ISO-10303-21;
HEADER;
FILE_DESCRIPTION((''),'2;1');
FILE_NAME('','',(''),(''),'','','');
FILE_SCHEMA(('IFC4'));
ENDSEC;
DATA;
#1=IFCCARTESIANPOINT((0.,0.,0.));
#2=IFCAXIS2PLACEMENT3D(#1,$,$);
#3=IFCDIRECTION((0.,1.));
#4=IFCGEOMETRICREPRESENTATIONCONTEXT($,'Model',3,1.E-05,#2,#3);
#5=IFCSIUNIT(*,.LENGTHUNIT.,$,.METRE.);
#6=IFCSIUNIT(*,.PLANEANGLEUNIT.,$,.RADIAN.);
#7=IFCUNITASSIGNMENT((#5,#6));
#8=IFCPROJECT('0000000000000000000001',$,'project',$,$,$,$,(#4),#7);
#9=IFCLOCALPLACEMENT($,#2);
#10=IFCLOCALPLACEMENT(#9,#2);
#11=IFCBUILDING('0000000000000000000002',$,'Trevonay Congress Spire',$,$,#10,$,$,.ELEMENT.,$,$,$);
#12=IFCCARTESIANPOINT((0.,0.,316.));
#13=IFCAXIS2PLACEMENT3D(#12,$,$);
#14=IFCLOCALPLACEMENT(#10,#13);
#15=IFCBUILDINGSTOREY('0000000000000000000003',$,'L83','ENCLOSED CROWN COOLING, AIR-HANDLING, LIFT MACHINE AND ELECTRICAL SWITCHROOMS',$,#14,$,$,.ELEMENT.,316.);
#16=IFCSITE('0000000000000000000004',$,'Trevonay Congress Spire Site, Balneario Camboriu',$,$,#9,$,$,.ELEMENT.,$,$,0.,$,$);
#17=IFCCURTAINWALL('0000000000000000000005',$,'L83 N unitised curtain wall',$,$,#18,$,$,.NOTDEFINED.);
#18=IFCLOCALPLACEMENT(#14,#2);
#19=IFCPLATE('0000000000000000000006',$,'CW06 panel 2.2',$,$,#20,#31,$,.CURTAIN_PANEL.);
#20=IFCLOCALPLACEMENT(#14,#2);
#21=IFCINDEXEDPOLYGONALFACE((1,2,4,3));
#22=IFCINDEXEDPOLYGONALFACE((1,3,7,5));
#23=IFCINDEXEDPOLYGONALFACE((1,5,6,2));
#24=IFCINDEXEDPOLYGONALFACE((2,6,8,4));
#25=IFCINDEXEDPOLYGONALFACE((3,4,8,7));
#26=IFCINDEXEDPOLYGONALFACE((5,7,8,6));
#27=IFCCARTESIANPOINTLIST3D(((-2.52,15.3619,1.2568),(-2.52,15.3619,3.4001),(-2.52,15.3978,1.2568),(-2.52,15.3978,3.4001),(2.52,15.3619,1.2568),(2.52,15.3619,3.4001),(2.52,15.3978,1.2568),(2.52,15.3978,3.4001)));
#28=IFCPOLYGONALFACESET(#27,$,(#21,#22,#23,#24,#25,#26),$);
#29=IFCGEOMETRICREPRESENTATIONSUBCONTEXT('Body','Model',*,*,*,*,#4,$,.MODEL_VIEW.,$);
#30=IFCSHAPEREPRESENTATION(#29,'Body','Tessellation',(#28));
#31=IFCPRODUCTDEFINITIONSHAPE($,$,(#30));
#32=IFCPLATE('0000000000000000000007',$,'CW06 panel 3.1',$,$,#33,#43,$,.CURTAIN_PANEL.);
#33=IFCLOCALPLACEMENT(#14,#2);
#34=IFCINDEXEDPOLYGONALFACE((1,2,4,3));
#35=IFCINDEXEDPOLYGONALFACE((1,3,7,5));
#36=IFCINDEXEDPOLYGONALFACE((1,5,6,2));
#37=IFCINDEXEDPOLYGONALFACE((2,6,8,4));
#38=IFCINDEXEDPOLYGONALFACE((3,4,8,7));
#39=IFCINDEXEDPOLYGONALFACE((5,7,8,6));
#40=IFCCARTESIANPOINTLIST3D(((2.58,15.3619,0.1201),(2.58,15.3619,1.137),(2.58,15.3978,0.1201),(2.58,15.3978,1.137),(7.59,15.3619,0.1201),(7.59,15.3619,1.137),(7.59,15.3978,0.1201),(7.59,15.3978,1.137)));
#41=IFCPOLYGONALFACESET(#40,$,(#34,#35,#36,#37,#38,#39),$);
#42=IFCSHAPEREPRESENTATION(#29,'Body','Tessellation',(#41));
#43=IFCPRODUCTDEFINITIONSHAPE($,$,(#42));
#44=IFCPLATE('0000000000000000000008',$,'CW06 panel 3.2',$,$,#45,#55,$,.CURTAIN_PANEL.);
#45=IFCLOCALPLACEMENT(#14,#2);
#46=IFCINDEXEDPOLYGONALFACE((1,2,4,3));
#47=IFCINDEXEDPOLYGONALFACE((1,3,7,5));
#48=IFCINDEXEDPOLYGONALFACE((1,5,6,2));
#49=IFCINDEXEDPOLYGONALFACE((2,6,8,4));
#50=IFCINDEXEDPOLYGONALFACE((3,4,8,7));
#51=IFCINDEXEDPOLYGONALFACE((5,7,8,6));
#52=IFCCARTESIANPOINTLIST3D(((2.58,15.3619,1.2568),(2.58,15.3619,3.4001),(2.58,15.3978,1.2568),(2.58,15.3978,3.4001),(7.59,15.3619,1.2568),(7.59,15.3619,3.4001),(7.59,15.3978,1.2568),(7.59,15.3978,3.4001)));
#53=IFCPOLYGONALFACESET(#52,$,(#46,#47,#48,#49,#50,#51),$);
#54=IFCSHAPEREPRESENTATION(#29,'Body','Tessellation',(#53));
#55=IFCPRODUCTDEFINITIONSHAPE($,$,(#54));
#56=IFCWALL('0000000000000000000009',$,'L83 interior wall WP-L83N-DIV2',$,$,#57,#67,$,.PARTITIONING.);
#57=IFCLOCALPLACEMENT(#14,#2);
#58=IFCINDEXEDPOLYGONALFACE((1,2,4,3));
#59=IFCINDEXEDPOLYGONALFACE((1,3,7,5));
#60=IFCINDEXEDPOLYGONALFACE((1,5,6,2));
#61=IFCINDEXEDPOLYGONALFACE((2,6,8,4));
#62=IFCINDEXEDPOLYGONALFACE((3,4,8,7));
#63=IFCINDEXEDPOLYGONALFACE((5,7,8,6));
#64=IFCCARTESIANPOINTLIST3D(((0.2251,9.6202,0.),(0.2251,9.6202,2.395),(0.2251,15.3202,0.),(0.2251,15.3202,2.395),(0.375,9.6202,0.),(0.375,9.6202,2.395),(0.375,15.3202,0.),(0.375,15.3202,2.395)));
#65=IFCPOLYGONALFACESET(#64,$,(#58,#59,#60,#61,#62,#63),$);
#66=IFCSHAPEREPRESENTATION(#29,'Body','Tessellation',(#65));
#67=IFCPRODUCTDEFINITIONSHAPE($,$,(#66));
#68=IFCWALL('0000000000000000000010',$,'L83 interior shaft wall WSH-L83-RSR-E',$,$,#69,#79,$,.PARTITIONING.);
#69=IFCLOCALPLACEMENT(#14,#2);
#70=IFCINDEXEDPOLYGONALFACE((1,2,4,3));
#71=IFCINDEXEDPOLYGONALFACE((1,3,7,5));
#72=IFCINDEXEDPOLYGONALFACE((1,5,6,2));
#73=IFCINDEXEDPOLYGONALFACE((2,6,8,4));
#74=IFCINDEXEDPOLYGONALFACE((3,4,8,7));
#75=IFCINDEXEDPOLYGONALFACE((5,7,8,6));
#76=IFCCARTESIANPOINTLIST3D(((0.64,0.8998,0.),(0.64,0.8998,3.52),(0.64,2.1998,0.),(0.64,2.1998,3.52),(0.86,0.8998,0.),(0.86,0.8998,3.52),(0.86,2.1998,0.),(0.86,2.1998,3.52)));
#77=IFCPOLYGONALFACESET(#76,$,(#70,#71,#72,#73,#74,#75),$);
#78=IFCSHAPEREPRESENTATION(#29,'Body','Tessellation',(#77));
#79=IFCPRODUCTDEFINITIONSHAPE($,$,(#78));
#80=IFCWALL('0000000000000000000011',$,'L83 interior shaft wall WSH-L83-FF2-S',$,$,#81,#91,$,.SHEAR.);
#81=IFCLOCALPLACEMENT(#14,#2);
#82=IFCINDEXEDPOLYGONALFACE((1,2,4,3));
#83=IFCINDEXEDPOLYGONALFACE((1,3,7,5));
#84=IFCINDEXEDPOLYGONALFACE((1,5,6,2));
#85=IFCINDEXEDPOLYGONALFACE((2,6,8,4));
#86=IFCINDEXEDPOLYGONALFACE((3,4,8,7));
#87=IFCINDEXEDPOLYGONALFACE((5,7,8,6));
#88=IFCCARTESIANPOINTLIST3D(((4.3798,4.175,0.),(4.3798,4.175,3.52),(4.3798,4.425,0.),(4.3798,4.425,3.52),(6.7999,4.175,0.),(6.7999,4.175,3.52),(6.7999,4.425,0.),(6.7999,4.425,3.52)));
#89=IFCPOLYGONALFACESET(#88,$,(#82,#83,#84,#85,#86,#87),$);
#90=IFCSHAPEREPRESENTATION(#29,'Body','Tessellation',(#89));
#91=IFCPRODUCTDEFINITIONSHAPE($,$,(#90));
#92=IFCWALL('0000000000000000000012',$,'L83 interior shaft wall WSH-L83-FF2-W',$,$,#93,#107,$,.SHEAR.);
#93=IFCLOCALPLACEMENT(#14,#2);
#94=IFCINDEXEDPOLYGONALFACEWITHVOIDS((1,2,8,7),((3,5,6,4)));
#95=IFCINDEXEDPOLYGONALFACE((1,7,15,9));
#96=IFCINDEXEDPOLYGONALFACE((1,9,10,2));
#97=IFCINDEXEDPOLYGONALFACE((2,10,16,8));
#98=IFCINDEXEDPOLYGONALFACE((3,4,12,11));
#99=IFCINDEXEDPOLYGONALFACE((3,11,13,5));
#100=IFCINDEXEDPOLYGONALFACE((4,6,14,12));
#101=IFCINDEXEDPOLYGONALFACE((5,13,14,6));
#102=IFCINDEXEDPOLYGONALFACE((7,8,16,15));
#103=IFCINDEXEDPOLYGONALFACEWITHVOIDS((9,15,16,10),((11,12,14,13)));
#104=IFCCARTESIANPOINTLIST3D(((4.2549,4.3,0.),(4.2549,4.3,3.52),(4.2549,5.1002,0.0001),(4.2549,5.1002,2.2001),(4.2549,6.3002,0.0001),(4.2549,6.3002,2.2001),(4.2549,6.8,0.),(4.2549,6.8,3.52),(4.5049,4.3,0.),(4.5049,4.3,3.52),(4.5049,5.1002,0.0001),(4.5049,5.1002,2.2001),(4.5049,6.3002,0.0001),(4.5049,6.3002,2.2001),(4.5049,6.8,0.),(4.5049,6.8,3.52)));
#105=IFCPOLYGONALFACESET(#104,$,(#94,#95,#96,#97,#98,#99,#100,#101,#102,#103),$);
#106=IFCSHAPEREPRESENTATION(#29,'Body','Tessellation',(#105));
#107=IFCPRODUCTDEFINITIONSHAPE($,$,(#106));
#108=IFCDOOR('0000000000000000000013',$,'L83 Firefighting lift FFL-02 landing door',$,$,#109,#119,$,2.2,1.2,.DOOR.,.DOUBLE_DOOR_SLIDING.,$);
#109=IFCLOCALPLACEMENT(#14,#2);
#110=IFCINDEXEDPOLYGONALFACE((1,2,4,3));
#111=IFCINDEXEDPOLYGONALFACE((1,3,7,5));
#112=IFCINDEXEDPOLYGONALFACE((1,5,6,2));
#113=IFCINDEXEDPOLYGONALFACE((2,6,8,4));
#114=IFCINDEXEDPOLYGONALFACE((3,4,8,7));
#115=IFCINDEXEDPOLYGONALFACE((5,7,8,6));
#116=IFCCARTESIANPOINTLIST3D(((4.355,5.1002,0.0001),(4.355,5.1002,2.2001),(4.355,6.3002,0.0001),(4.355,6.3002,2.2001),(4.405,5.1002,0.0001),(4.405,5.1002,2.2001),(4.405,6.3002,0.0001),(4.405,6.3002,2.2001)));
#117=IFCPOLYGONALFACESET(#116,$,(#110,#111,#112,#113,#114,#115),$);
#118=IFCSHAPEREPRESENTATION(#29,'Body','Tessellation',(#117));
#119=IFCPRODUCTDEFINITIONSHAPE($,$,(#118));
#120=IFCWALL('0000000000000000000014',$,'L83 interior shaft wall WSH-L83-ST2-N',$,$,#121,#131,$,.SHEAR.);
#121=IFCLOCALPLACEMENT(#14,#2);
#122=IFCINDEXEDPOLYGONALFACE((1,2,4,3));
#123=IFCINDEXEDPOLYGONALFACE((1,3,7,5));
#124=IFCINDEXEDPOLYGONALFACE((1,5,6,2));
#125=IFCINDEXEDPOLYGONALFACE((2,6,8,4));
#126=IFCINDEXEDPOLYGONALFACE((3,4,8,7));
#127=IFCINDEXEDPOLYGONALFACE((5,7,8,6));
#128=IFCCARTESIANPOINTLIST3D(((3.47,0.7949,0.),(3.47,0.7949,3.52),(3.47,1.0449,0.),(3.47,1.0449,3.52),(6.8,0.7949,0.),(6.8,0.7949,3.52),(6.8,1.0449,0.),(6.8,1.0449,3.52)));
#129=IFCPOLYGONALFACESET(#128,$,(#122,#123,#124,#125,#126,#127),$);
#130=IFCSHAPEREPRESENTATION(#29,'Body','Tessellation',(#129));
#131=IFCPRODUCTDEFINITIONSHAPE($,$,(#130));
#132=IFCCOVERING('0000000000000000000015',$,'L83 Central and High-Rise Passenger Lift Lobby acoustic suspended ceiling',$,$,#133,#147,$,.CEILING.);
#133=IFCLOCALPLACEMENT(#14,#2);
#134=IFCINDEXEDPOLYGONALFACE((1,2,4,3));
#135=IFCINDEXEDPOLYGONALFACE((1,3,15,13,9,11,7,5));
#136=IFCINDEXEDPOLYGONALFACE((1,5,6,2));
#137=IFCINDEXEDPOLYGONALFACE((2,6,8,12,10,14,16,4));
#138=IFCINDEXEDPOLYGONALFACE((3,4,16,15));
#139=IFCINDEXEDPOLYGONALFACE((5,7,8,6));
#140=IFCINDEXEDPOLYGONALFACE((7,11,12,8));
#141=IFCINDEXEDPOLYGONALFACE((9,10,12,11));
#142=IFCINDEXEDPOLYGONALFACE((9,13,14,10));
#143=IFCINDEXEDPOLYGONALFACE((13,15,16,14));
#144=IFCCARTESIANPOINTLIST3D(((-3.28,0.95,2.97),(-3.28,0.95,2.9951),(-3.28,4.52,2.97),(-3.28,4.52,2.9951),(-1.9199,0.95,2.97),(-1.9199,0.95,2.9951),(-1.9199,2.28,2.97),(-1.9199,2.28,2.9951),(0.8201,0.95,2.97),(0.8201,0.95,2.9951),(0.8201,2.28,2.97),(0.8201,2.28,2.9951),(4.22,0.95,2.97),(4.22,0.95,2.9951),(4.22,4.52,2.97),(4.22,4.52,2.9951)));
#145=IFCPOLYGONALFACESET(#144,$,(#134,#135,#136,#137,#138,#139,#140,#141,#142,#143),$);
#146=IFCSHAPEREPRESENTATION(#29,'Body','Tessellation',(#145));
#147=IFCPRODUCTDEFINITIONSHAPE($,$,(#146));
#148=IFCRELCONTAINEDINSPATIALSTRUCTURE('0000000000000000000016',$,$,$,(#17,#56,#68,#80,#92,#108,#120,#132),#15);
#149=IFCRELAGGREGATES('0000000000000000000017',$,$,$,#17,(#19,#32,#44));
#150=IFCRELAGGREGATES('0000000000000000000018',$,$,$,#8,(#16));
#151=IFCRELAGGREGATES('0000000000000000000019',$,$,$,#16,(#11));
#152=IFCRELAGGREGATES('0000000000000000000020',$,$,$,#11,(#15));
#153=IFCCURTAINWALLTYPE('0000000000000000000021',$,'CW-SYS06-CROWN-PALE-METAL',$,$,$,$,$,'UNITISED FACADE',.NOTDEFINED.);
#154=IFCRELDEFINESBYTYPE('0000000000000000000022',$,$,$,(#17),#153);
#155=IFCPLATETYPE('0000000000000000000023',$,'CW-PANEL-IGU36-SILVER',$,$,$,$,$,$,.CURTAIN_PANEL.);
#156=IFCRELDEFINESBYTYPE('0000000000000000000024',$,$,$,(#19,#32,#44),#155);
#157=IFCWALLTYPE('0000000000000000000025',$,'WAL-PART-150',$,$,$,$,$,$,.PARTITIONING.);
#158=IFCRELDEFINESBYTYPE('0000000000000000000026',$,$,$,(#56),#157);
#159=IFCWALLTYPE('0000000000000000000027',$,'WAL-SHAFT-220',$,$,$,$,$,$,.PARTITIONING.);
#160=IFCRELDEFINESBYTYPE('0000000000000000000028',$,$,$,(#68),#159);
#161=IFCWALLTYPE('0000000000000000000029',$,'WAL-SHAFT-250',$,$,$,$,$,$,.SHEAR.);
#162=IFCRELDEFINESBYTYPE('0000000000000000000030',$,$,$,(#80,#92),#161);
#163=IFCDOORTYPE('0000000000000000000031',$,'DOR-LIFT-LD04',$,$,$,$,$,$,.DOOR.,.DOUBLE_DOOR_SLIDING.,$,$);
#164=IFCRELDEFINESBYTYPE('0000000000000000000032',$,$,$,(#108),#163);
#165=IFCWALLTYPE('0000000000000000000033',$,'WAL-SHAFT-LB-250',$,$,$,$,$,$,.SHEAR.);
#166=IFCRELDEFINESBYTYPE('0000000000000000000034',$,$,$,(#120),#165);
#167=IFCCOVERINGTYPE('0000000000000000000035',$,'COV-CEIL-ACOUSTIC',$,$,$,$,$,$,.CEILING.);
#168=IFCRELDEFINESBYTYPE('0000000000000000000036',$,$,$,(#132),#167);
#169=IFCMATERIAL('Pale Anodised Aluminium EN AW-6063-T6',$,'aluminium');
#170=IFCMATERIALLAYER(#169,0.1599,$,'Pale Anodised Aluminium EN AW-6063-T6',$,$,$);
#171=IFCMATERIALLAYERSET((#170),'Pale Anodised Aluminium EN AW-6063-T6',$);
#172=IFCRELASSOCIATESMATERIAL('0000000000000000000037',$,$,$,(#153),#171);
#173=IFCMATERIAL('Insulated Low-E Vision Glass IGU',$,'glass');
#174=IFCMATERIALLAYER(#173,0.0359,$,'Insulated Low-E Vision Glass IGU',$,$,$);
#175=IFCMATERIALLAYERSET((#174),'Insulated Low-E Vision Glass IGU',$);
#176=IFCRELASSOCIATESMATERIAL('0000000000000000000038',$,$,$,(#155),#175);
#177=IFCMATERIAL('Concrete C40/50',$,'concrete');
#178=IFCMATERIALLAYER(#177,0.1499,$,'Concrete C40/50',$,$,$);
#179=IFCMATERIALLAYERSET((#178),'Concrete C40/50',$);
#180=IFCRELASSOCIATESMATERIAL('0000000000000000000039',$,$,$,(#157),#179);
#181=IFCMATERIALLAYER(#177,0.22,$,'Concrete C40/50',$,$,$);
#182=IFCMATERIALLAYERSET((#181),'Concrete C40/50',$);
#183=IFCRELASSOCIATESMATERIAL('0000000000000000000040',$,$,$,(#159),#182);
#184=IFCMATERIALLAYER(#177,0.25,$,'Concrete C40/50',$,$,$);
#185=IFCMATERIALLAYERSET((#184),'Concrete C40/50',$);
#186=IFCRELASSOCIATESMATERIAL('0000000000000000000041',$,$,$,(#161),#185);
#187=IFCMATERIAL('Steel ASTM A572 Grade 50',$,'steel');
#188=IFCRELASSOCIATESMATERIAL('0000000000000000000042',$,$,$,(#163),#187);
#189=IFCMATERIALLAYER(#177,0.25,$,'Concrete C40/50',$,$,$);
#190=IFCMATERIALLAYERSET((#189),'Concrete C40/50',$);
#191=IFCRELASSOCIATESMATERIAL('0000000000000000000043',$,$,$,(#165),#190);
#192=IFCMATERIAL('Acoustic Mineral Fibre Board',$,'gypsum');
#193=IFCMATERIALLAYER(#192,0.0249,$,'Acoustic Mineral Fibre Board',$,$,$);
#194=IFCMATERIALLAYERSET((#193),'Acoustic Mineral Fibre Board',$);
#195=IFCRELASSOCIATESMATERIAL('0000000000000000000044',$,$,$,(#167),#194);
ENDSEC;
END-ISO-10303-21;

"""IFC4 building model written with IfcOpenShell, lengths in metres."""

from ifc_helpers import new_model, si_unit, direction, frame, frame_2d, origin, origin_2d, place, context, subcontext, project, spatial, polyline, rectangle, outline, extrude, material, layer, layer_set, type_object, element, fill, aggregate, save


model = new_model("IFC4")

# Units and contexts
model_context = context("Model", 3, precision=1e-05, world=origin(), true_north=direction((0.0, 1.0)))
body_context = subcontext(model_context, "Body", "Model", "MODEL_VIEW")
ifc_project = project(units=[si_unit("LENGTHUNIT", "METRE"), si_unit("PLANEANGLEUNIT", "RADIAN")], contexts=[model_context])

# Site, building, storey
site_placement = place(None, origin())
site = spatial("IfcSite", under=ifc_project, at=site_placement, Name="Trevonay Congress Spire Site, Balneario Camboriu", CompositionType="ELEMENT", RefElevation=0.0)
building_placement = place(site_placement, origin())
building = spatial("IfcBuilding", under=site, at=building_placement, Name="Trevonay Congress Spire", CompositionType="ELEMENT")
storey_placement = place(building_placement, frame((0.0, 0.0, 316.0)))
storey = spatial("IfcBuildingStorey", under=building, at=storey_placement, Name="L83", Description="ENCLOSED CROWN COOLING, AIR-HANDLING, LIFT MACHINE AND ELECTRICAL SWITCHROOMS", CompositionType="ELEMENT", Elevation=316.0)

# Shared definitions
ifc_material_1 = material(Name="Steel ASTM A572 Grade 50", Category="steel")

# Curtain wall
ifc_material_2 = material(Name="Pale Anodised Aluminium EN AW-6063-T6", Category="aluminium")
ifc_layer_1 = layer(ifc_material_2, 0.1599, Name="Pale Anodised Aluminium EN AW-6063-T6")
ifc_layer_set_1 = layer_set([ifc_layer_1], Name="Pale Anodised Aluminium EN AW-6063-T6")
curtain_wall_type = type_object("IfcCurtainWallType", Name="CW-SYS06-CROWN-PALE-METAL", ElementType="UNITISED FACADE", PredefinedType="NOTDEFINED", material=ifc_layer_set_1)
curtain_wall_placement = place(storey_placement, origin())
curtain_wall = element("IfcCurtainWall", 1, at=curtain_wall_placement, inside=storey, type_object=curtain_wall_type, Name="L83 N unitised curtain wall", PredefinedType="NOTDEFINED")

# Plates
ifc_material_3 = material(Name="Insulated Low-E Vision Glass IGU", Category="glass")
ifc_layer_2 = layer(ifc_material_3, 0.0359, Name="Insulated Low-E Vision Glass IGU")
ifc_layer_set_2 = layer_set([ifc_layer_2], Name="Insulated Low-E Vision Glass IGU")
plate_type = type_object("IfcPlateType", Name="CW-PANEL-IGU36-SILVER", PredefinedType="CURTAIN_PANEL", material=ifc_layer_set_2)
plate_1_placement = place(storey_placement, frame((0.0, 15.3799, 1.2568), z_axis=(0.0, 0.0, 1.0), x_axis=(1.0, 0.0, 0.0)))
plate_1 = element("IfcPlate", 2, at=plate_1_placement, type_object=plate_type, Name="CW06 panel 2.2", PredefinedType="CURTAIN_PANEL", context=body_context, shape_type="SweptSolid", body=[
    extrude(rectangle(XDim=5.04, YDim=0.0359, at=origin_2d()), origin(), (0.0, 0.0, 1.0), 2.1433),
])
plate_2_placement = place(storey_placement, frame((5.085, 15.3799, 0.1201), z_axis=(0.0, 0.0, 1.0), x_axis=(1.0, 0.0, 0.0)))
plate_2 = element("IfcPlate", 3, at=plate_2_placement, type_object=plate_type, Name="CW06 panel 3.1", PredefinedType="CURTAIN_PANEL", context=body_context, shape_type="SweptSolid", body=[
    extrude(rectangle(XDim=5.01, YDim=0.0359, at=origin_2d()), origin(), (0.0, 0.0, 1.0), 1.0168),
])
plate_3_placement = place(storey_placement, frame((5.085, 15.3799, 1.2568), z_axis=(0.0, 0.0, 1.0), x_axis=(1.0, 0.0, 0.0)))
plate_3 = element("IfcPlate", 4, at=plate_3_placement, type_object=plate_type, Name="CW06 panel 3.2", PredefinedType="CURTAIN_PANEL", context=body_context, shape_type="SweptSolid", body=[
    extrude(rectangle(XDim=5.01, YDim=0.0359, at=origin_2d()), origin(), (0.0, 0.0, 1.0), 2.1433),
])
aggregate(curtain_wall, [plate_1, plate_2, plate_3])

# Walls
ifc_material_4 = material(Name="Concrete C40/50", Category="concrete")
ifc_layer_3 = layer(ifc_material_4, 0.1499, Name="Concrete C40/50")
ifc_layer_set_3 = layer_set([ifc_layer_3], Name="Concrete C40/50")
wall_type_1 = type_object("IfcWallType", Name="WAL-PART-150", PredefinedType="PARTITIONING", material=ifc_layer_set_3)
wall_1_placement = place(storey_placement, frame((0.3, 9.6201, 0.0), z_axis=(0.0, 0.0, 1.0), x_axis=(0.0, 1.0, 0.0)))
element("IfcWall", 5, at=wall_1_placement, inside=storey, type_object=wall_type_1, Name="L83 interior wall WP-L83N-DIV2", PredefinedType="PARTITIONING", context=body_context, shape_type="SweptSolid", body=[
    extrude(rectangle(XDim=5.7, YDim=0.1499, at=frame_2d((2.8501, 0.0))), origin(), (0.0, 0.0, 1.0), 2.395),
])
ifc_layer_4 = layer(ifc_material_4, 0.22, Name="Concrete C40/50")
ifc_layer_set_4 = layer_set([ifc_layer_4], Name="Concrete C40/50")
wall_type_2 = type_object("IfcWallType", Name="WAL-SHAFT-220", PredefinedType="PARTITIONING", material=ifc_layer_set_4)
wall_2_placement = place(storey_placement, frame((0.75, 0.8999, 0.0), z_axis=(0.0, 0.0, 1.0), x_axis=(0.0, 1.0, 0.0)))
element("IfcWall", 6, at=wall_2_placement, inside=storey, type_object=wall_type_2, Name="L83 interior shaft wall WSH-L83-RSR-E", PredefinedType="PARTITIONING", context=body_context, shape_type="SweptSolid", body=[
    extrude(rectangle(XDim=1.3, YDim=0.22, at=frame_2d((0.6499, 0.0))), origin(), (0.0, 0.0, 1.0), 3.52),
])
ifc_layer_5 = layer(ifc_material_4, 0.25, Name="Concrete C40/50")
ifc_layer_set_5 = layer_set([ifc_layer_5], Name="Concrete C40/50")
wall_type_3 = type_object("IfcWallType", Name="WAL-SHAFT-250", PredefinedType="SHEAR", material=ifc_layer_set_5)
wall_3_placement = place(storey_placement, frame((4.3799, 4.3, 0.0), z_axis=(0.0, 0.0, 1.0), x_axis=(1.0, 0.0, 0.0)))
element("IfcWall", 7, at=wall_3_placement, inside=storey, type_object=wall_type_3, Name="L83 interior shaft wall WSH-L83-FF2-S", PredefinedType="SHEAR", context=body_context, shape_type="SweptSolid", body=[
    extrude(rectangle(XDim=2.4202, YDim=0.25, at=frame_2d((1.21, 0.0))), origin(), (0.0, 0.0, 1.0), 3.52),
])

# Wall, opening, door
wall_4_placement = place(storey_placement, frame((4.3799, 4.3, 0.0), z_axis=(0.0, 0.0, 1.0), x_axis=(0.0, 1.0, 0.0)))
wall_4 = element("IfcWall", 8, at=wall_4_placement, inside=storey, type_object=wall_type_3, Name="L83 interior shaft wall WSH-L83-FF2-W", PredefinedType="SHEAR", context=body_context, shape_type="SweptSolid", body=[
    extrude(rectangle(XDim=2.5, YDim=0.25, at=frame_2d((1.25, 0.0))), origin(), (0.0, 0.0, 1.0), 3.52),
])
opening_placement = place(wall_4_placement, frame((0.8, 0.0, 0.0)))
opening = element("IfcOpeningElement", 9, at=opening_placement, cuts=wall_4, PredefinedType="OPENING", context=body_context, shape_type="SweptSolid", body=[
    extrude(rectangle(XDim=1.2, YDim=2.2, at=frame_2d((0.6001, 1.1001))), frame((0.0, 0.135, 0.0), z_axis=(0.0, -1.0, 0.0), x_axis=(1.0, 0.0, 0.0)), (0.0, 0.0, 1.0), 0.27),
])
door_type = type_object("IfcDoorType", Name="DOR-LIFT-LD04", OperationType="DOUBLE_DOOR_SLIDING", PredefinedType="DOOR", material=ifc_material_1)
door_placement = place(opening_placement, origin())
door = element("IfcDoor", 10, at=door_placement, inside=storey, type_object=door_type, Name="L83 Firefighting lift FFL-02 landing door", OperationType="DOUBLE_DOOR_SLIDING", OverallHeight=2.2, OverallWidth=1.2, PredefinedType="DOOR", context=body_context, shape_type="SweptSolid", body=[
    extrude(rectangle(XDim=1.2, YDim=2.2, at=frame_2d((0.6001, 1.1001))), frame((0.0, 0.0249, 0.0), z_axis=(0.0, -1.0, 0.0), x_axis=(1.0, 0.0, 0.0)), (0.0, 0.0, 1.0), 0.05),
])
fill(opening, door)

# Wall
ifc_layer_6 = layer(ifc_material_4, 0.25, Name="Concrete C40/50")
ifc_layer_set_6 = layer_set([ifc_layer_6], Name="Concrete C40/50")
wall_type_4 = type_object("IfcWallType", Name="WAL-SHAFT-LB-250", PredefinedType="SHEAR", material=ifc_layer_set_6)
wall_5_placement = place(storey_placement, frame((3.47, 0.9199, 0.0), z_axis=(0.0, 0.0, 1.0), x_axis=(1.0, 0.0, 0.0)))
element("IfcWall", 11, at=wall_5_placement, inside=storey, type_object=wall_type_4, Name="L83 interior shaft wall WSH-L83-ST2-N", PredefinedType="SHEAR", context=body_context, shape_type="SweptSolid", body=[
    extrude(rectangle(XDim=3.3301, YDim=0.25, at=frame_2d((1.665, 0.0))), origin(), (0.0, 0.0, 1.0), 3.52),
])

# Covering
ifc_material_5 = material(Name="Acoustic Mineral Fibre Board", Category="gypsum")
ifc_layer_7 = layer(ifc_material_5, 0.0249, Name="Acoustic Mineral Fibre Board")
ifc_layer_set_7 = layer_set([ifc_layer_7], Name="Acoustic Mineral Fibre Board")
covering_type_1 = type_object("IfcCoveringType", Name="COV-CEIL-ACOUSTIC", PredefinedType="CEILING", material=ifc_layer_set_7)
covering_1_placement = place(storey_placement, frame((0.0, 0.0, 2.97)))
element("IfcCovering", 12, at=covering_1_placement, inside=storey, type_object=covering_type_1, Name="L83 Central and High-Rise Passenger Lift Lobby acoustic suspended ceiling", PredefinedType="CEILING", context=body_context, shape_type="SweptSolid", body=[
    extrude(outline(polyline([(-3.28, 0.95), (-1.9199, 0.95), (-1.9199, 2.28), (0.8201, 2.28), (0.8201, 0.95), (4.22, 0.95), (4.22, 4.52), (-3.28, 4.52), (-3.28, 0.95)])), origin(), (0.0, 0.0, 1.0), 0.0251),
])

save(model, "model.ifc")
